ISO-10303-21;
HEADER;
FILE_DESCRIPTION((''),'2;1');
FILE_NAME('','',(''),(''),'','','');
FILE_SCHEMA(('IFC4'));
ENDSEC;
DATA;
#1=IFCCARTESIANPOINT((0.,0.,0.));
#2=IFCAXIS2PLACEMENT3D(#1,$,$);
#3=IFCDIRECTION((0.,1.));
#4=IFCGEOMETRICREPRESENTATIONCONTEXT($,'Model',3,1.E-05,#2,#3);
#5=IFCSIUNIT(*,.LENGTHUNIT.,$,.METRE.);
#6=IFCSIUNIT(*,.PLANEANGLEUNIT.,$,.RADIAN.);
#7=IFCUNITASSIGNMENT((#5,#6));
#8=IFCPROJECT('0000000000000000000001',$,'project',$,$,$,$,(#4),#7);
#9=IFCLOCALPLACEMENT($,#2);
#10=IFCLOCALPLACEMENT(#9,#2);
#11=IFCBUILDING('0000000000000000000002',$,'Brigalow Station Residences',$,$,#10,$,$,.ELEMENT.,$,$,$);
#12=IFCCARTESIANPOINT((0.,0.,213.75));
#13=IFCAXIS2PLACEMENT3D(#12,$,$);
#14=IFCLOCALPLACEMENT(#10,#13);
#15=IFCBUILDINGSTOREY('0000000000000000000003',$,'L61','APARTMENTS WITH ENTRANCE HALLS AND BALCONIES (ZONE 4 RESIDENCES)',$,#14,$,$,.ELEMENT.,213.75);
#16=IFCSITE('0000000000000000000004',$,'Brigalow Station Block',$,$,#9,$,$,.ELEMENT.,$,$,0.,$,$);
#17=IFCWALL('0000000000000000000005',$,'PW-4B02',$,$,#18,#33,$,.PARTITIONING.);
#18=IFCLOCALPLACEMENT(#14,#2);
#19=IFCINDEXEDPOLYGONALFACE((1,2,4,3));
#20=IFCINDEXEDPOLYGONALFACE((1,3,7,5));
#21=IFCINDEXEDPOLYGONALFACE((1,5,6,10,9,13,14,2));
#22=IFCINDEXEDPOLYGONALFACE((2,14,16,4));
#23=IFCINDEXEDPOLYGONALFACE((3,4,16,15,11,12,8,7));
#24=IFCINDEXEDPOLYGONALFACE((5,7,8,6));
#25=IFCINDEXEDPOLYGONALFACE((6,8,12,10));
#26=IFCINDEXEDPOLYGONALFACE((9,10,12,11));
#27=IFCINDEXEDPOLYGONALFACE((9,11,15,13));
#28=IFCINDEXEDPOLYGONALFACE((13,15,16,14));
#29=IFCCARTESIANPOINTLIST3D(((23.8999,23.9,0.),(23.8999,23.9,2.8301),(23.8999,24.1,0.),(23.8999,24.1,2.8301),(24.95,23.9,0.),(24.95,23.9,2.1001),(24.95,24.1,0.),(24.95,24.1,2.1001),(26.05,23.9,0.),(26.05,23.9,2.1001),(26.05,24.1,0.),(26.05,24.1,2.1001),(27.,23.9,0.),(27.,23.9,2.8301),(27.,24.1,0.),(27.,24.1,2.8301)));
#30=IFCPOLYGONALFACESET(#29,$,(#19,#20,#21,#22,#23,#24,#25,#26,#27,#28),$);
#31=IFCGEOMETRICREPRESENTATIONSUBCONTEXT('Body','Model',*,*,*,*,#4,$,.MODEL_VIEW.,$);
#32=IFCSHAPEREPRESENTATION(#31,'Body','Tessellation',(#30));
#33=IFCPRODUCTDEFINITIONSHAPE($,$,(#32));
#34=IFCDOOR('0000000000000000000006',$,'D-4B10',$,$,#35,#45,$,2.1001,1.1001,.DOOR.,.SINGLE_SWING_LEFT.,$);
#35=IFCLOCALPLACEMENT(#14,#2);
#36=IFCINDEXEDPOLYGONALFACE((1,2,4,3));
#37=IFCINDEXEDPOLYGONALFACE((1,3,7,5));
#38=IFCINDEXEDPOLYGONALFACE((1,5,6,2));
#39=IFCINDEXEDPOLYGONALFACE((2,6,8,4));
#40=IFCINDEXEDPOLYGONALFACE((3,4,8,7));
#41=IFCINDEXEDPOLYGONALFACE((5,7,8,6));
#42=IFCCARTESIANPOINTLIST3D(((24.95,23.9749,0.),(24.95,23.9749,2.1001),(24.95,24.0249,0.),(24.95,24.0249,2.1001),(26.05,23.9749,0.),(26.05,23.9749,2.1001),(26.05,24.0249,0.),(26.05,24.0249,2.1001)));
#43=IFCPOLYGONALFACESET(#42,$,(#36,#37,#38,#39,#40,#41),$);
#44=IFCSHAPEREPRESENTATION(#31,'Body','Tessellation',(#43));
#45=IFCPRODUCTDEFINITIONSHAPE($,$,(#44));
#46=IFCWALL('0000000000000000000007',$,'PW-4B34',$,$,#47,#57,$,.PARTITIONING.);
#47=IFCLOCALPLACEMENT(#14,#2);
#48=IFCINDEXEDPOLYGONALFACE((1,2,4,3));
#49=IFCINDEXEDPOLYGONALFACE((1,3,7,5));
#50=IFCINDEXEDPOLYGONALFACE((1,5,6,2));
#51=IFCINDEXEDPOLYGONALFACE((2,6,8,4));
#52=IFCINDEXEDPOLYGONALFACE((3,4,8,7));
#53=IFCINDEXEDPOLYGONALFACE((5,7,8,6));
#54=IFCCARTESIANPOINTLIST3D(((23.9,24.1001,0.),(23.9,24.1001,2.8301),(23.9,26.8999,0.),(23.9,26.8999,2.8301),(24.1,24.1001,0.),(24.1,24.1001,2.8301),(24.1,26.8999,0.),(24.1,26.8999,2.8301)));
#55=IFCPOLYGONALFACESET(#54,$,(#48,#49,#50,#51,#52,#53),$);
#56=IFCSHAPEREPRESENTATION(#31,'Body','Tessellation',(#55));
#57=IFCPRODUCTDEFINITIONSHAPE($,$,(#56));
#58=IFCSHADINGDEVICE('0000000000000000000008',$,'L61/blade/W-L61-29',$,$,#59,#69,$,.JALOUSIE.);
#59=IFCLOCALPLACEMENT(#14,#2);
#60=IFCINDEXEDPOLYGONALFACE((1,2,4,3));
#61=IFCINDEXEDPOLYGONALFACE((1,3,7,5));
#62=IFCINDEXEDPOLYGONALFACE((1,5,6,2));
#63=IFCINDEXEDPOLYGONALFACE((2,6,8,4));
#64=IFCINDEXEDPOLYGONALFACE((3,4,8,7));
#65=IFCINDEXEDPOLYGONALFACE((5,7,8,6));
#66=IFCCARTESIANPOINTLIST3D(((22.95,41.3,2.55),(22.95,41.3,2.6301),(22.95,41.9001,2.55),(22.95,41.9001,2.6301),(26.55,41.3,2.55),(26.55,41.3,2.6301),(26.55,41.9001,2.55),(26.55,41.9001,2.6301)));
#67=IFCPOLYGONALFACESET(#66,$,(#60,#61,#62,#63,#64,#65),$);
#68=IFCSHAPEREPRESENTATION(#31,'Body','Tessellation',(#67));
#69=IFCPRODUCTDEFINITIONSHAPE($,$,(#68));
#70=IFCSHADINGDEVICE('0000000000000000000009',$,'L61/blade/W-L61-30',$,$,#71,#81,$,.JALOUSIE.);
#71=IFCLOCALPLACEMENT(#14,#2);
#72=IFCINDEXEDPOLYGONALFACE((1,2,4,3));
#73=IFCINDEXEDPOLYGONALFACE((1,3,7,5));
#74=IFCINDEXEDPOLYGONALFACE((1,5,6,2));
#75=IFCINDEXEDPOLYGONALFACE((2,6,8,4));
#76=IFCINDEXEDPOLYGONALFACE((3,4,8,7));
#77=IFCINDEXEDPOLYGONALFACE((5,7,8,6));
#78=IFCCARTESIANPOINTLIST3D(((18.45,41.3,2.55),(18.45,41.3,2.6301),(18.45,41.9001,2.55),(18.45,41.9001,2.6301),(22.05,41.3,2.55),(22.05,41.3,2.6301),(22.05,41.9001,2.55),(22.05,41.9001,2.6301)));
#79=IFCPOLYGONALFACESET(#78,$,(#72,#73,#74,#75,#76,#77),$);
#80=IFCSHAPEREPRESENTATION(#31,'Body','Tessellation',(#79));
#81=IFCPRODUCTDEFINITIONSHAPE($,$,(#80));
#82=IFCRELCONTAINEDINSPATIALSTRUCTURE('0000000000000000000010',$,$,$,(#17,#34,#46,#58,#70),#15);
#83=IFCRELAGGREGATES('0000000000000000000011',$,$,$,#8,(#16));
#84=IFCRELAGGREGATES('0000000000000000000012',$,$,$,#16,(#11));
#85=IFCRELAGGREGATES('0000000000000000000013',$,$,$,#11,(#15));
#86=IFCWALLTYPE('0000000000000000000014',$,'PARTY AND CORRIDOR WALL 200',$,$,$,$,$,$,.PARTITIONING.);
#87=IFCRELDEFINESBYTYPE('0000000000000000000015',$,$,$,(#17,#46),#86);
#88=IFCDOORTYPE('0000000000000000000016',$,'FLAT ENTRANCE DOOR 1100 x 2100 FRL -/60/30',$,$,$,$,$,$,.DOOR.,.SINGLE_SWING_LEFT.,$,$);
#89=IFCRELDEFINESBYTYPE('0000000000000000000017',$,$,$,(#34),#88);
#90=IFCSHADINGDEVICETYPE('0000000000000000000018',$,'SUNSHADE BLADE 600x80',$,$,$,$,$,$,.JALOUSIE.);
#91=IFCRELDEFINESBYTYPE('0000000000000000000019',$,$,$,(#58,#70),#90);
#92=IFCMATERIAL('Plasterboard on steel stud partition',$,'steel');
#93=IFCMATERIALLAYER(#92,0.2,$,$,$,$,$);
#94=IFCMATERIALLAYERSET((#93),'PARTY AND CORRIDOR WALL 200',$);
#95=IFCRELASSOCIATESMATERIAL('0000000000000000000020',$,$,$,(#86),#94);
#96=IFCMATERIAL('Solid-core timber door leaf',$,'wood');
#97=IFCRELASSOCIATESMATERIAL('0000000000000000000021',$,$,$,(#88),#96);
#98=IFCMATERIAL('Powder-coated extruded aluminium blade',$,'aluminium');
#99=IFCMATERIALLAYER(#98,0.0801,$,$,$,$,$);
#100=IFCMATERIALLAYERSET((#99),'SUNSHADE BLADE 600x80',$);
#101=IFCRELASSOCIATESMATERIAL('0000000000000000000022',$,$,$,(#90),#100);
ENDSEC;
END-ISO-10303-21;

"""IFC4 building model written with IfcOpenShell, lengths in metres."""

from ifc_helpers import new_model, si_unit, direction, frame, frame_2d, origin, origin_2d, place, context, subcontext, project, spatial, rectangle, extrude, material, layer, layer_set, type_object, element, fill, save


model = new_model("IFC4")

# Units and contexts
model_context = context("Model", 3, precision=1e-05, world=origin(), true_north=direction((0.0, 1.0)))
body_context = subcontext(model_context, "Body", "Model", "MODEL_VIEW")
ifc_project = project(units=[si_unit("LENGTHUNIT", "METRE"), si_unit("PLANEANGLEUNIT", "RADIAN")], contexts=[model_context])

# Site, building, storey
site_placement = place(None, origin())
site = spatial("IfcSite", under=ifc_project, at=site_placement, Name="Brigalow Station Block", CompositionType="ELEMENT", RefElevation=0.0)
building_placement = place(site_placement, origin())
building = spatial("IfcBuilding", under=site, at=building_placement, Name="Brigalow Station Residences", CompositionType="ELEMENT")
storey_placement = place(building_placement, frame((0.0, 0.0, 213.75)))
storey = spatial("IfcBuildingStorey", under=building, at=storey_placement, Name="L61", Description="APARTMENTS WITH ENTRANCE HALLS AND BALCONIES (ZONE 4 RESIDENCES)", CompositionType="ELEMENT", Elevation=213.75)

# Wall, opening, door
ifc_material_1 = material(Name="Plasterboard on steel stud partition", Category="steel")
ifc_layer_1 = layer(ifc_material_1, 0.2)
ifc_layer_set_1 = layer_set([ifc_layer_1], Name="PARTY AND CORRIDOR WALL 200")
wall_type_1 = type_object("IfcWallType", Name="PARTY AND CORRIDOR WALL 200", PredefinedType="PARTITIONING", material=ifc_layer_set_1)
wall_1_placement = place(storey_placement, frame((23.8999, 24.0, 0.0), z_axis=(0.0, 0.0, 1.0), x_axis=(1.0, 0.0, 0.0)))
wall_1 = element("IfcWall", 1, at=wall_1_placement, inside=storey, type_object=wall_type_1, Name="PW-4B02", PredefinedType="PARTITIONING", context=body_context, shape_type="SweptSolid", body=[
    extrude(rectangle(XDim=3.1001, YDim=0.2, at=frame_2d((1.55, 0.0))), origin(), (0.0, 0.0, 1.0), 2.8301),
])
opening_1_placement = place(wall_1_placement, frame((1.05, 0.0, 0.0)))
opening_1 = element("IfcOpeningElement", 2, at=opening_1_placement, cuts=wall_1, PredefinedType="OPENING", context=body_context, shape_type="SweptSolid", body=[
    extrude(rectangle(XDim=1.1001, YDim=2.1001, at=frame_2d((0.55, 1.05))), frame((0.0, 0.1099, 0.0), z_axis=(0.0, -1.0, 0.0), x_axis=(1.0, 0.0, 0.0)), (0.0, 0.0, 1.0), 0.22),
])
ifc_material_2 = material(Name="Solid-core timber door leaf", Category="wood")
door_type_1 = type_object("IfcDoorType", Name="FLAT ENTRANCE DOOR 1100 x 2100 FRL -/60/30", OperationType="SINGLE_SWING_LEFT", PredefinedType="DOOR", material=ifc_material_2)
door_1_placement = place(opening_1_placement, origin())
door_1 = element("IfcDoor", 3, at=door_1_placement, inside=storey, type_object=door_type_1, Name="D-4B10", OperationType="SINGLE_SWING_LEFT", OverallHeight=2.1001, OverallWidth=1.1001, PredefinedType="DOOR", context=body_context, shape_type="SweptSolid", body=[
    extrude(rectangle(XDim=1.1001, YDim=2.1001, at=frame_2d((0.55, 1.05))), frame((0.0, 0.0249, 0.0), z_axis=(0.0, -1.0, 0.0), x_axis=(1.0, 0.0, 0.0)), (0.0, 0.0, 1.0), 0.05),
])
fill(opening_1, door_1)

# Wall
wall_2_placement = place(storey_placement, frame((24.0, 24.1001, 0.0), z_axis=(0.0, 0.0, 1.0), x_axis=(0.0, 1.0, 0.0)))
element("IfcWall", 4, at=wall_2_placement, inside=storey, type_object=wall_type_1, Name="PW-4B34", PredefinedType="PARTITIONING", context=body_context, shape_type="SweptSolid", body=[
    extrude(rectangle(XDim=2.7998, YDim=0.2, at=frame_2d((1.3999, 0.0))), origin(), (0.0, 0.0, 1.0), 2.8301),
])

# Shading devices
ifc_material_3 = material(Name="Powder-coated extruded aluminium blade", Category="aluminium")
ifc_layer_2 = layer(ifc_material_3, 0.0801)
ifc_layer_set_2 = layer_set([ifc_layer_2], Name="SUNSHADE BLADE 600x80")
shading_device_type = type_object("IfcShadingDeviceType", Name="SUNSHADE BLADE 600x80", PredefinedType="JALOUSIE", material=ifc_layer_set_2)
for number, where, z_axis, x_axis, name in (
    (5, (24.75, 41.6001, 2.55), (0.0, 0.0, 1.0), (-1.0, 0.0, 0.0), "L61/blade/W-L61-29"),
    (6, (20.25, 41.6001, 2.55), (0.0, 0.0, 1.0), (-1.0, 0.0, 0.0), "L61/blade/W-L61-30"),
):
    element("IfcShadingDevice", number, at=place(storey_placement, frame(where, z_axis=z_axis, x_axis=x_axis)), inside=storey, type_object=shading_device_type, Name=name, PredefinedType="JALOUSIE", context=body_context, shape_type="SweptSolid", body=[
        extrude(rectangle(XDim=3.6001, YDim=0.6001, at=origin_2d()), origin(), (0.0, 0.0, 1.0), 0.0801),
    ])

save(model, "model.ifc")
